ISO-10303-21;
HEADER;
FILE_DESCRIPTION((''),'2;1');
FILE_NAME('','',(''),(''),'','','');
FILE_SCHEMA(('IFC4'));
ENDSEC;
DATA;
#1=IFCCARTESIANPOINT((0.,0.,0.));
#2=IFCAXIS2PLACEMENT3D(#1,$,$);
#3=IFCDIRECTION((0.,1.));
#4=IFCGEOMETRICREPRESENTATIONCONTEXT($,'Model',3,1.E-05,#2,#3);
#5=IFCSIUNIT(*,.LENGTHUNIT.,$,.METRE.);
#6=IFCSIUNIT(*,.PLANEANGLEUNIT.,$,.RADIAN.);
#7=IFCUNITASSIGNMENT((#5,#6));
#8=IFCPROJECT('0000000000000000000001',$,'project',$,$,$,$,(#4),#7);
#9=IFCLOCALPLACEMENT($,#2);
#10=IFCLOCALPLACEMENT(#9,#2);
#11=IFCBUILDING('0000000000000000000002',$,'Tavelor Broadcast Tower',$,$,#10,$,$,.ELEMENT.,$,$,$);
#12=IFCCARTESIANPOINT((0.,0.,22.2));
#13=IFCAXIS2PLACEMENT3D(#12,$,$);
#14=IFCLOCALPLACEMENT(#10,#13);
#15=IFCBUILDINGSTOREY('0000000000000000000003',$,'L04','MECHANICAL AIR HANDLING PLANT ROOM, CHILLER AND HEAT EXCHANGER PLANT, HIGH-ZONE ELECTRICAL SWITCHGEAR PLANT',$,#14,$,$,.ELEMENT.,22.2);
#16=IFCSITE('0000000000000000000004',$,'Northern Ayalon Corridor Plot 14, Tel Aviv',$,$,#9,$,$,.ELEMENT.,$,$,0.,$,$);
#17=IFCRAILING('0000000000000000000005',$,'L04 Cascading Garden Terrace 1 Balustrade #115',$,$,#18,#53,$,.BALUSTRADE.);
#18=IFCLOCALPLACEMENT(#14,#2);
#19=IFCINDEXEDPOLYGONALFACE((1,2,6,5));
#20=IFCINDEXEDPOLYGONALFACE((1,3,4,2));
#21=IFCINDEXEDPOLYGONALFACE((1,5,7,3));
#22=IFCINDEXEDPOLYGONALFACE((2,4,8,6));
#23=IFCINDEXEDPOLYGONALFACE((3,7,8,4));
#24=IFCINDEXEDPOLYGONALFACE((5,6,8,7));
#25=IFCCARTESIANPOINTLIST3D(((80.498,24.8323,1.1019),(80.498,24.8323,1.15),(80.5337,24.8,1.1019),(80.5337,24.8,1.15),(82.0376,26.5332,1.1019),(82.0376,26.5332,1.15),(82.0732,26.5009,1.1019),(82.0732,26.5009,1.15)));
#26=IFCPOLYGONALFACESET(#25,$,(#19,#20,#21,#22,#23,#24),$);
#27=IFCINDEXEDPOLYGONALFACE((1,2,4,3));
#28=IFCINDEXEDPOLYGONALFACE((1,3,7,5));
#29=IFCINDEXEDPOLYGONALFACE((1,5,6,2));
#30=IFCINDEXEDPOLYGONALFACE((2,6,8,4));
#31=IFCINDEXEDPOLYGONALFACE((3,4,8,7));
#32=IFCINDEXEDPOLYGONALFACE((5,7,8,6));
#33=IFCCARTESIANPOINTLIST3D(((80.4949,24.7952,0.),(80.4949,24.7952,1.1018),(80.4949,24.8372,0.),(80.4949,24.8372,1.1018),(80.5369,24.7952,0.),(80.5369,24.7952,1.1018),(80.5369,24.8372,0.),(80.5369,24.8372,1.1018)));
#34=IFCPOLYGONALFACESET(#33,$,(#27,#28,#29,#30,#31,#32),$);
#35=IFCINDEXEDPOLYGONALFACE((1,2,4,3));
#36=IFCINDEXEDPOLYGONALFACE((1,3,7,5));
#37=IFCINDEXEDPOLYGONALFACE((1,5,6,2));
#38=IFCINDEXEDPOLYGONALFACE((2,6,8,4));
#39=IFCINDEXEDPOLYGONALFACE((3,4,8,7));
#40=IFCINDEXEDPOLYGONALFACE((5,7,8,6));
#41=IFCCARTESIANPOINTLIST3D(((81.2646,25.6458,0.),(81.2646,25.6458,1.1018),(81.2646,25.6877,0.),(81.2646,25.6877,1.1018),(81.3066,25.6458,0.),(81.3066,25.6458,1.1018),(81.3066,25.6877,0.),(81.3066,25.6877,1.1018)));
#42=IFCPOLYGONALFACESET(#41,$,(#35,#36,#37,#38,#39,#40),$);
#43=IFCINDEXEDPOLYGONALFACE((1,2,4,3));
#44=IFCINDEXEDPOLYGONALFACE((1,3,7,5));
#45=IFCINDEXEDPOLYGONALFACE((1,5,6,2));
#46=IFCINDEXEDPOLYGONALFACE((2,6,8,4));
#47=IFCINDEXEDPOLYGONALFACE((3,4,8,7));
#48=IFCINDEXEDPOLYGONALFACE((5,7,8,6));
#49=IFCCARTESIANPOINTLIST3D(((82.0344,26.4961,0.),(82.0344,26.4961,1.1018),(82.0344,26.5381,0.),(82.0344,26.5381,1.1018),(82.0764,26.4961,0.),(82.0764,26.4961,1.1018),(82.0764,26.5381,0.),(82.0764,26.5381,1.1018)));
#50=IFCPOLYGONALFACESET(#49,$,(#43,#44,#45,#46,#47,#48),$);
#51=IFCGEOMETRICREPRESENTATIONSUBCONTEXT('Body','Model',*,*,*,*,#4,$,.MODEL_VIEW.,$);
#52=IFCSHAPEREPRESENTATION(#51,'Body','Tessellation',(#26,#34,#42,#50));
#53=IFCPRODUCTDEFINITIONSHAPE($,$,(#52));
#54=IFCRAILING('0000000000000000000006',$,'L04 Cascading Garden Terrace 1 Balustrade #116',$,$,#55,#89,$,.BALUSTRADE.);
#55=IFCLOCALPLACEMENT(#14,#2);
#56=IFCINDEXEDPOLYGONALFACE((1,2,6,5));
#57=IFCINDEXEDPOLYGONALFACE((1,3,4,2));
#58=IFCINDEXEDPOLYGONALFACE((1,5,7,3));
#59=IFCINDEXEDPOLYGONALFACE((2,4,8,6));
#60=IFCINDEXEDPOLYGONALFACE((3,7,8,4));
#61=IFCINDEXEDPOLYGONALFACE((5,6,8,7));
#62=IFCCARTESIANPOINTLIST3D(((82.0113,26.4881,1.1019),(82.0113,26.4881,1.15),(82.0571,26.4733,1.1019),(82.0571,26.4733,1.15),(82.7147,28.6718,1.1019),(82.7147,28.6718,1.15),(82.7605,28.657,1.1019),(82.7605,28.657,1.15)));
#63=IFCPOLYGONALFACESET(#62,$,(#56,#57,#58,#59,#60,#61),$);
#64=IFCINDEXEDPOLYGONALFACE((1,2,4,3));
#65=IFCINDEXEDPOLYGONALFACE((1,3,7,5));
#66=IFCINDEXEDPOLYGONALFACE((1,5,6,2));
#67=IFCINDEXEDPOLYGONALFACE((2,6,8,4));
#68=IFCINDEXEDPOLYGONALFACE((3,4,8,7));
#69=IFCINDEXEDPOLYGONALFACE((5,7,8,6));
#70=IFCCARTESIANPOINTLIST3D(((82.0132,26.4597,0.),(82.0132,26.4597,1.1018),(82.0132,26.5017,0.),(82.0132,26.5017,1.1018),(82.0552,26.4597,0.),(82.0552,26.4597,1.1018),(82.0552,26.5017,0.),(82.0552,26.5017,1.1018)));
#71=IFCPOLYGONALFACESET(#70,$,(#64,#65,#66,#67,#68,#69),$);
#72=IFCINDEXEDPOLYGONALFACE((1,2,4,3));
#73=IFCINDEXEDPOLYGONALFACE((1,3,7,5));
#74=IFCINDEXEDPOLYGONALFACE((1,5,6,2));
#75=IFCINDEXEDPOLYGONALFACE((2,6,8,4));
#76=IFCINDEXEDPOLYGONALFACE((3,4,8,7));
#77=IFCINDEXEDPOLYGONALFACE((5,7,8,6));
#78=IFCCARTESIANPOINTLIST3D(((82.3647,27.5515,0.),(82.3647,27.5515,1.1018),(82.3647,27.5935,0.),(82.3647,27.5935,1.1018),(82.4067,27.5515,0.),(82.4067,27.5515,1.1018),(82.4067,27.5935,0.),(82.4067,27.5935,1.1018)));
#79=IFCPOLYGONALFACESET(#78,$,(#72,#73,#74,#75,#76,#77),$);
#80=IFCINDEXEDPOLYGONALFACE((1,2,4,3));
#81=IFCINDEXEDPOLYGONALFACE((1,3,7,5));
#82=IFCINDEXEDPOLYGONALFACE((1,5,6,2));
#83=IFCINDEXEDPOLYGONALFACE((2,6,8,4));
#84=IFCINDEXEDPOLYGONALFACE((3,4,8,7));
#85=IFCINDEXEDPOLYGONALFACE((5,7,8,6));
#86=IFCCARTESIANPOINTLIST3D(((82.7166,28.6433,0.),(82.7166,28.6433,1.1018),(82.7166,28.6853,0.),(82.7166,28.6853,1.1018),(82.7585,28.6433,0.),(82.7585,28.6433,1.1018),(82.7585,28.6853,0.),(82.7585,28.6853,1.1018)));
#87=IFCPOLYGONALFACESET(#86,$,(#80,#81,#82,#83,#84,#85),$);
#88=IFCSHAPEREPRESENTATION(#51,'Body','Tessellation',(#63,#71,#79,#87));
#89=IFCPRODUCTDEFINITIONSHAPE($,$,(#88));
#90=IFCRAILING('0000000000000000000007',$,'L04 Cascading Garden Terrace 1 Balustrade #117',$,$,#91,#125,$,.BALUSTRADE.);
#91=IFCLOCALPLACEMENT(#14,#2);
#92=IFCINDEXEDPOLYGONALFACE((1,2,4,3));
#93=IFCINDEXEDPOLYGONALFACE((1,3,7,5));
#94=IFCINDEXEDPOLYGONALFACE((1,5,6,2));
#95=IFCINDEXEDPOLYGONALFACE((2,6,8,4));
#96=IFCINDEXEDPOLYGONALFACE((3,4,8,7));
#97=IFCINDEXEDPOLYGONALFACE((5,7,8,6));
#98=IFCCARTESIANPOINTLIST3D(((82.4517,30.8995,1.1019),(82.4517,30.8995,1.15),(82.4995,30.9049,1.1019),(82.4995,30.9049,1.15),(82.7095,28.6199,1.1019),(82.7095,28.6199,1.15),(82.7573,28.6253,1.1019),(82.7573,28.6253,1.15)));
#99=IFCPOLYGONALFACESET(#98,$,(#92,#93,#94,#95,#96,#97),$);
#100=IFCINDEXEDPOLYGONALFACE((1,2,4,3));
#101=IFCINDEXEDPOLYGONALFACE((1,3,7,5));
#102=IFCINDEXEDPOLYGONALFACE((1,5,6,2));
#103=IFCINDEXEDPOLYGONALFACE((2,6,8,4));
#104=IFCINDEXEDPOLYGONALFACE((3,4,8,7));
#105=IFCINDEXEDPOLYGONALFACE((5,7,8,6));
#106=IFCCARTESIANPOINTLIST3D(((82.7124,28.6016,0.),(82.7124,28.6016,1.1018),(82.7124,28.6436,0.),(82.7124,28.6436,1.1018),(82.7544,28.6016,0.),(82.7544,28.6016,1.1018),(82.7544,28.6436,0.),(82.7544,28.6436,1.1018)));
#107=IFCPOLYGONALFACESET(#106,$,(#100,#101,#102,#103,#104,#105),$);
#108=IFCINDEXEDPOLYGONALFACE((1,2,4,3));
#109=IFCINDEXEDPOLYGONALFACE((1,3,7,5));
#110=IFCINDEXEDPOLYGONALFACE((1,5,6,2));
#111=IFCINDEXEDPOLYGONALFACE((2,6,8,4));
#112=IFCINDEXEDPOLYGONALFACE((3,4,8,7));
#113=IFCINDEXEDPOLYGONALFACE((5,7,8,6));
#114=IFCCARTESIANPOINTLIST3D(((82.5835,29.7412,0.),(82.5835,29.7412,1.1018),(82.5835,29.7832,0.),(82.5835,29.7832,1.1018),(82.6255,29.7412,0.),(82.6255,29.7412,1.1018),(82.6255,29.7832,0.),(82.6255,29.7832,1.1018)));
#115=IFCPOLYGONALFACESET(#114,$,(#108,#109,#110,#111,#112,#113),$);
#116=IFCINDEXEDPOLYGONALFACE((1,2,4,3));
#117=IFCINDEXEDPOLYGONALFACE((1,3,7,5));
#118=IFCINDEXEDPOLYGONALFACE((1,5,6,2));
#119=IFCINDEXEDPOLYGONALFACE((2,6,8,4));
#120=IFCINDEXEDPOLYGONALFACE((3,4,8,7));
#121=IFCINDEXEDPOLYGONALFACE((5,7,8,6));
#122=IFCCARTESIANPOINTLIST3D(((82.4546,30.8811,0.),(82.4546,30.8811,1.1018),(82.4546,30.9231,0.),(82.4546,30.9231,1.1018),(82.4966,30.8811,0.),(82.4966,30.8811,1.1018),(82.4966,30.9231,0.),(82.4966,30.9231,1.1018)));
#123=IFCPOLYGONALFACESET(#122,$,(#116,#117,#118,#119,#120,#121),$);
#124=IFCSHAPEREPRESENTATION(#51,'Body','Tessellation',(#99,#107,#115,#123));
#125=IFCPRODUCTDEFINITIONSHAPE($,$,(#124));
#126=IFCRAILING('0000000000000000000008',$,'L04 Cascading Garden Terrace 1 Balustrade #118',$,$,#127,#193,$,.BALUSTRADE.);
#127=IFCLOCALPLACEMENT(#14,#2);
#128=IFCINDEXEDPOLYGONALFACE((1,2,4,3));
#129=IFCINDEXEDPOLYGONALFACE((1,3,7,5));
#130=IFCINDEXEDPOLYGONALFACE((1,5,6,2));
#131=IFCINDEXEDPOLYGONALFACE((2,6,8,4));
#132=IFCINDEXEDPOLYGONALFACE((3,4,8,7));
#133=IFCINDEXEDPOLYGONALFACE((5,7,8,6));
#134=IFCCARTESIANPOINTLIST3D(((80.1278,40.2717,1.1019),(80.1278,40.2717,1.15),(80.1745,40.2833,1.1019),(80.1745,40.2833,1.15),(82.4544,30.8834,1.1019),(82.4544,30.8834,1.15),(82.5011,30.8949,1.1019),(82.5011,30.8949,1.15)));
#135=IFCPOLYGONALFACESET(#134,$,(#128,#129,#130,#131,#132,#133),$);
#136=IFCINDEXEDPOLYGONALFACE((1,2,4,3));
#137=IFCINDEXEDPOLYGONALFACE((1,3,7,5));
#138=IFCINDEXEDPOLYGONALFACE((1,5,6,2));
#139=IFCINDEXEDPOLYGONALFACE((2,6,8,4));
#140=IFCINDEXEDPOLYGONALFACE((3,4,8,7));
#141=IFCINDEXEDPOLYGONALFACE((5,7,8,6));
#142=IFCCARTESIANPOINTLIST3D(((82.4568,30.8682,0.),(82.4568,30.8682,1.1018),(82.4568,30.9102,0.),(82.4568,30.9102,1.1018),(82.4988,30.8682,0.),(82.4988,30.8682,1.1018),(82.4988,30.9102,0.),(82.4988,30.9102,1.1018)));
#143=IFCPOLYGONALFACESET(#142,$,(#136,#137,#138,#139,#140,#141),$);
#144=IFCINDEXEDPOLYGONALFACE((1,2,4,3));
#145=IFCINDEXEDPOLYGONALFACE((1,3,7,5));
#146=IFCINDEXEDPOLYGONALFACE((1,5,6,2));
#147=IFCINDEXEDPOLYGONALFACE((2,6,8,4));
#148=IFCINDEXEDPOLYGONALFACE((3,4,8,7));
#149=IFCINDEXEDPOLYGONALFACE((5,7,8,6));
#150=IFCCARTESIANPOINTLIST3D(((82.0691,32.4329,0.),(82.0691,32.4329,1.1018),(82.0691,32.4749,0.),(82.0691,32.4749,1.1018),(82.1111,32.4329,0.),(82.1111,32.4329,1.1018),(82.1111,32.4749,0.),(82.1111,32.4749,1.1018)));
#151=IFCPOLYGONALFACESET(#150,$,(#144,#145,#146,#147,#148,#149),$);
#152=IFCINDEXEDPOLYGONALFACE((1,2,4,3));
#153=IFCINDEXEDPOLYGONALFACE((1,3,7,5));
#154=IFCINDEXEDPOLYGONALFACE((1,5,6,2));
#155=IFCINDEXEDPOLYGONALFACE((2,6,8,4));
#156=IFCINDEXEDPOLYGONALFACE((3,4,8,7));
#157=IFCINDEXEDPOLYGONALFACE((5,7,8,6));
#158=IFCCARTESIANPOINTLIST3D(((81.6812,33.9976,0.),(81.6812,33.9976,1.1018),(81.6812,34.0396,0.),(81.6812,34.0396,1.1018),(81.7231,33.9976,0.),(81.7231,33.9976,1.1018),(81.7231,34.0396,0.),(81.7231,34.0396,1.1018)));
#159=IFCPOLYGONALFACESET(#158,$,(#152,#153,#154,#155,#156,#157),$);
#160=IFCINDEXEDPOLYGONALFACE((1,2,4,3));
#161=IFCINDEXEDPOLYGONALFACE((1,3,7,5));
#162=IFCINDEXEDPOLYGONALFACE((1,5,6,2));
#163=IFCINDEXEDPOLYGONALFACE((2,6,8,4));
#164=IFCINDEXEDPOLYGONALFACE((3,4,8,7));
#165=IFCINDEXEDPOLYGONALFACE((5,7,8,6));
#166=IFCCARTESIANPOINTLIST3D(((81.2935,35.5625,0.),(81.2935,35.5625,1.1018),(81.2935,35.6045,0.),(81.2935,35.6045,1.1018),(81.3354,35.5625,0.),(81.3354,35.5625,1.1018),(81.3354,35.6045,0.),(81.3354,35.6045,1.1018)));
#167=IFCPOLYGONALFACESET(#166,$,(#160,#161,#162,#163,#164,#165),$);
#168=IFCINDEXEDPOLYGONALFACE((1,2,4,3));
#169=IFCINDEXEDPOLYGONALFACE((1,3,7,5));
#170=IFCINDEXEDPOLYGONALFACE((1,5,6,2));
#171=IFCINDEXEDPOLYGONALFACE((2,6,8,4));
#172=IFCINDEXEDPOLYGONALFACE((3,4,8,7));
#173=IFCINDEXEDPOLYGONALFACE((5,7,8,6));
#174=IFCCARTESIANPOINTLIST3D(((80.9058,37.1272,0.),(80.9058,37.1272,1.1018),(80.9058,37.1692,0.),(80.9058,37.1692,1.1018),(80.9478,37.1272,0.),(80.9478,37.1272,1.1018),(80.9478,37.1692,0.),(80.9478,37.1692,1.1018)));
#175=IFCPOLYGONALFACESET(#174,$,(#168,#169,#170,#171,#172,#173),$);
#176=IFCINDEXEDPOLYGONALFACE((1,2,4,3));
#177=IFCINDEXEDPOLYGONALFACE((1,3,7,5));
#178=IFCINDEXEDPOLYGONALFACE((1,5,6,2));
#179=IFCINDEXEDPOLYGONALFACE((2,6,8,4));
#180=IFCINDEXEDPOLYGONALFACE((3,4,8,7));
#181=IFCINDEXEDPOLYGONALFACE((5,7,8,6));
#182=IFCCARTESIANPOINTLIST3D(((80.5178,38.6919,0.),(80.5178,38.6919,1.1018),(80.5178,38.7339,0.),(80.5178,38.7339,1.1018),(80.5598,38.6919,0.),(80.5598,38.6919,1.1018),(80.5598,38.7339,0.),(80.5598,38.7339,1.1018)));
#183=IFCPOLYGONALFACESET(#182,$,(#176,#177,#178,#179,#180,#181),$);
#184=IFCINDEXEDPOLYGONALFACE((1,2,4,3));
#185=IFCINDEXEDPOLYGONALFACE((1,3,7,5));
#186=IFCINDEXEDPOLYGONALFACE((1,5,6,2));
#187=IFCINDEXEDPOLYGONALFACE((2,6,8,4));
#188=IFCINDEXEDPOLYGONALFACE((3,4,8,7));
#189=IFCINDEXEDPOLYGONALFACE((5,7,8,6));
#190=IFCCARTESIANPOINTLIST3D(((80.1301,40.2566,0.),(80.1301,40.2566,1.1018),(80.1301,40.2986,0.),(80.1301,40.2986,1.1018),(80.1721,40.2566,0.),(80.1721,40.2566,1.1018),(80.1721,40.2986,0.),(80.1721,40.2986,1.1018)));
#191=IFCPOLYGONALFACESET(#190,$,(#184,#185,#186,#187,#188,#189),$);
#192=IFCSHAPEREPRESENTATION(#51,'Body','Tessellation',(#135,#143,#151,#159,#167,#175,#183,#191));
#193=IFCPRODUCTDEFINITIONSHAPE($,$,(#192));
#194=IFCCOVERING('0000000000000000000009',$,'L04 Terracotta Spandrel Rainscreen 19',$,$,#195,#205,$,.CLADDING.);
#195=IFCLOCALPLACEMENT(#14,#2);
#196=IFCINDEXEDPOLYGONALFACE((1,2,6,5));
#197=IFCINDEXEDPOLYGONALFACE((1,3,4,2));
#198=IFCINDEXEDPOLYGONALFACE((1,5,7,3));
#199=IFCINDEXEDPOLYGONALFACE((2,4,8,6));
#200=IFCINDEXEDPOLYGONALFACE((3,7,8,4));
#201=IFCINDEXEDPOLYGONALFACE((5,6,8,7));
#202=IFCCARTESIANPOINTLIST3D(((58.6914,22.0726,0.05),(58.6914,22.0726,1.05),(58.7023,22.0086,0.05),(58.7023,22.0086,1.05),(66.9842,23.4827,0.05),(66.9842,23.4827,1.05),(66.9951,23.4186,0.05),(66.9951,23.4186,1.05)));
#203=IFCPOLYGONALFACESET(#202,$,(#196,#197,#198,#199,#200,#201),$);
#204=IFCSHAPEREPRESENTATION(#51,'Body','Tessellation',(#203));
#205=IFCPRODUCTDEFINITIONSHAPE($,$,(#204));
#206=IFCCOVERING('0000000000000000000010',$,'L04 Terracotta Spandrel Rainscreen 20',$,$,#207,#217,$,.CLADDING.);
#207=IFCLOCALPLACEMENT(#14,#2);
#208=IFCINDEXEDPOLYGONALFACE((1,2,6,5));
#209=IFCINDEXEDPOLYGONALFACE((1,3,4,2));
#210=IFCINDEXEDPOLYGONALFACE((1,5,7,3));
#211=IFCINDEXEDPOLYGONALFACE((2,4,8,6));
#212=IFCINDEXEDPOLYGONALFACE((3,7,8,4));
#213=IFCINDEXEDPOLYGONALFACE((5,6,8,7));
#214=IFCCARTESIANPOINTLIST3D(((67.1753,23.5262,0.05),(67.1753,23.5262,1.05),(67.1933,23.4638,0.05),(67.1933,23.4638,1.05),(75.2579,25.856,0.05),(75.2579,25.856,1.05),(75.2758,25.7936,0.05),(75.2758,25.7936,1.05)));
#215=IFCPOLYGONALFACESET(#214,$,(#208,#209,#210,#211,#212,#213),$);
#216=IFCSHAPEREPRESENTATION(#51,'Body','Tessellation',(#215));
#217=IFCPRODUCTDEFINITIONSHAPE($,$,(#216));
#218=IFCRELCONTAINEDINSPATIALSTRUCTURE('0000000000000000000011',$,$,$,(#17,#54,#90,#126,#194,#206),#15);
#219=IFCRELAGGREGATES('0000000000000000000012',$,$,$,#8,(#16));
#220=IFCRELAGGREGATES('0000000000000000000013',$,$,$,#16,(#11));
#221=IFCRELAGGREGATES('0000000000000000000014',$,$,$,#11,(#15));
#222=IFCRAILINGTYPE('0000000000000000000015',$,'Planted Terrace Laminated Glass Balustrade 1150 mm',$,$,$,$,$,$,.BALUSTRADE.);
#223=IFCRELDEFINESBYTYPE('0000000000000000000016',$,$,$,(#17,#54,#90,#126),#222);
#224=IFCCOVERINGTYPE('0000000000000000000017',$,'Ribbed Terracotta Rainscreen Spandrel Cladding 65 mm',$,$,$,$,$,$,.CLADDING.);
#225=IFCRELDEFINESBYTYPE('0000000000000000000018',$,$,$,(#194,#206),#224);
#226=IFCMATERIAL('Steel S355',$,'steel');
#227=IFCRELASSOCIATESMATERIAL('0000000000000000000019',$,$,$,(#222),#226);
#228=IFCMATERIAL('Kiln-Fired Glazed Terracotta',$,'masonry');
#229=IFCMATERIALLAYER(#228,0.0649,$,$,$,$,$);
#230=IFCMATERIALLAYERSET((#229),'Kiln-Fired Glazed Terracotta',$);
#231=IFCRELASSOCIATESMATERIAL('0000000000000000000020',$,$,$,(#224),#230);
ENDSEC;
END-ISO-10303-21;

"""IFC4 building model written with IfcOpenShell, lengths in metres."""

from ifc_helpers import new_model, si_unit, direction, frame, origin, origin_2d, place, context, subcontext, project, spatial, rectangle, extrude, material, layer, layer_set, type_object, element, save


model = new_model("IFC4")

# Units and contexts
model_context = context("Model", 3, precision=1e-05, world=origin(), true_north=direction((0.0, 1.0)))
body_context = subcontext(model_context, "Body", "Model", "MODEL_VIEW")
ifc_project = project(units=[si_unit("LENGTHUNIT", "METRE"), si_unit("PLANEANGLEUNIT", "RADIAN")], contexts=[model_context])

# Site, building, storey
site_placement = place(None, origin())
site = spatial("IfcSite", under=ifc_project, at=site_placement, Name="Northern Ayalon Corridor Plot 14, Tel Aviv", CompositionType="ELEMENT", RefElevation=0.0)
building_placement = place(site_placement, origin())
building = spatial("IfcBuilding", under=site, at=building_placement, Name="Tavelor Broadcast Tower", CompositionType="ELEMENT")
storey_placement = place(building_placement, frame((0.0, 0.0, 22.2)))
storey = spatial("IfcBuildingStorey", under=building, at=storey_placement, Name="L04", Description="MECHANICAL AIR HANDLING PLANT ROOM, CHILLER AND HEAT EXCHANGER PLANT, HIGH-ZONE ELECTRICAL SWITCHGEAR PLANT", CompositionType="ELEMENT", Elevation=22.2)

# Railings
ifc_material_1 = material(Name="Steel S355", Category="steel")
railing_type = type_object("IfcRailingType", Name="Planted Terrace Laminated Glass Balustrade 1150 mm", PredefinedType="BALUSTRADE", material=ifc_material_1)
railing_1_placement = place(storey_placement, frame((80.5159, 24.8162, 0.0)))
element("IfcRailing", 1, at=railing_1_placement, inside=storey, type_object=railing_type, Name="L04 Cascading Garden Terrace 1 Balustrade #115", PredefinedType="BALUSTRADE", context=body_context, shape_type="SweptSolid", body=[
    extrude(rectangle(XDim=0.0481, YDim=0.0481, at=origin_2d()), frame((0.0, 0.0, 1.126), z_axis=(0.671061, 0.741402, 0.0), x_axis=(-0.741402, 0.671061, 0.0)), (0.0, 0.0, 1.0), 2.2942),
    extrude(rectangle(XDim=0.042, YDim=0.042, at=origin_2d()), origin(), (0.0, 0.0, 1.0), 1.1018),
    extrude(rectangle(XDim=0.042, YDim=0.042, at=origin_2d()), frame((0.7698, 0.8506, 0.0)), (0.0, 0.0, 1.0), 1.1018),
    extrude(rectangle(XDim=0.042, YDim=0.042, at=origin_2d()), frame((1.5396, 1.7009, 0.0)), (0.0, 0.0, 1.0), 1.1018),
])
railing_2_placement = place(storey_placement, frame((82.0342, 26.4807, 0.0)))
element("IfcRailing", 2, at=railing_2_placement, inside=storey, type_object=railing_type, Name="L04 Cascading Garden Terrace 1 Balustrade #116", PredefinedType="BALUSTRADE", context=body_context, shape_type="SweptSolid", body=[
    extrude(rectangle(XDim=0.0481, YDim=0.0481, at=origin_2d()), frame((0.0, 0.0, 1.126), z_axis=(0.306602, 0.951838, 0.0), x_axis=(-0.951838, 0.306602, 0.0)), (0.0, 0.0, 1.0), 2.2942),
    extrude(rectangle(XDim=0.042, YDim=0.042, at=origin_2d()), origin(), (0.0, 0.0, 1.0), 1.1018),
    extrude(rectangle(XDim=0.042, YDim=0.042, at=origin_2d()), frame((0.3516, 1.0918, 0.0)), (0.0, 0.0, 1.0), 1.1018),
    extrude(rectangle(XDim=0.042, YDim=0.042, at=origin_2d()), frame((0.7034, 2.1836, 0.0)), (0.0, 0.0, 1.0), 1.1018),
])
railing_3_placement = place(storey_placement, frame((82.7334, 28.6226, 0.0)))
element("IfcRailing", 3, at=railing_3_placement, inside=storey, type_object=railing_type, Name="L04 Cascading Garden Terrace 1 Balustrade #117", PredefinedType="BALUSTRADE", context=body_context, shape_type="SweptSolid", body=[
    extrude(rectangle(XDim=0.0481, YDim=0.0481, at=origin_2d()), frame((0.0, 0.0, 1.126), z_axis=(-0.112382, 0.993665, 0.0), x_axis=(-0.993665, -0.112382, 0.0)), (0.0, 0.0, 1.0), 2.2942),
    extrude(rectangle(XDim=0.042, YDim=0.042, at=origin_2d()), origin(), (0.0, 0.0, 1.0), 1.1018),
    extrude(rectangle(XDim=0.042, YDim=0.042, at=origin_2d()), frame((-0.1289, 1.1396, 0.0)), (0.0, 0.0, 1.0), 1.1018),
    extrude(rectangle(XDim=0.042, YDim=0.042, at=origin_2d()), frame((-0.2578, 2.2795, 0.0)), (0.0, 0.0, 1.0), 1.1018),
])
railing_4_placement = place(storey_placement, frame((82.4778, 30.8892, 0.0)))
element("IfcRailing", 4, at=railing_4_placement, inside=storey, type_object=railing_type, Name="L04 Cascading Garden Terrace 1 Balustrade #118", PredefinedType="BALUSTRADE", context=body_context, shape_type="SweptSolid", body=[
    extrude(rectangle(XDim=0.0481, YDim=0.0481, at=origin_2d()), frame((0.0, 0.0, 1.126), z_axis=(-0.240546, 0.970638, 0.0), x_axis=(-0.970638, -0.240546, 0.0)), (0.0, 0.0, 1.0), 9.6724),
    extrude(rectangle(XDim=0.042, YDim=0.042, at=origin_2d()), origin(), (0.0, 0.0, 1.0), 1.1018),
    extrude(rectangle(XDim=0.042, YDim=0.042, at=origin_2d()), frame((-0.3877, 1.5647, 0.0)), (0.0, 0.0, 1.0), 1.1018),
    extrude(rectangle(XDim=0.042, YDim=0.042, at=origin_2d()), frame((-0.7756, 3.1294, 0.0)), (0.0, 0.0, 1.0), 1.1018),
    extrude(rectangle(XDim=0.042, YDim=0.042, at=origin_2d()), frame((-1.1633, 4.6943, 0.0)), (0.0, 0.0, 1.0), 1.1018),
    extrude(rectangle(XDim=0.042, YDim=0.042, at=origin_2d()), frame((-1.551, 6.259, 0.0)), (0.0, 0.0, 1.0), 1.1018),
    extrude(rectangle(XDim=0.042, YDim=0.042, at=origin_2d()), frame((-1.939, 7.8237, 0.0)), (0.0, 0.0, 1.0), 1.1018),
    extrude(rectangle(XDim=0.042, YDim=0.042, at=origin_2d()), frame((-2.3267, 9.3884, 0.0)), (0.0, 0.0, 1.0), 1.1018),
])

# Coverings
ifc_material_2 = material(Name="Kiln-Fired Glazed Terracotta", Category="masonry")
ifc_layer_1 = layer(ifc_material_2, 0.0649)
ifc_layer_set_1 = layer_set([ifc_layer_1], Name="Kiln-Fired Glazed Terracotta")
covering_type = type_object("IfcCoveringType", Name="Ribbed Terracotta Rainscreen Spandrel Cladding 65 mm", PredefinedType="CLADDING", material=ifc_layer_set_1)
covering_1_placement = place(storey_placement, frame((62.8433, 22.7456, 0.05), z_axis=(0.0, 0.0, 1.0), x_axis=(0.98585, 0.167629, 0.0)))
element("IfcCovering", 5, at=covering_1_placement, inside=storey, type_object=covering_type, Name="L04 Terracotta Spandrel Rainscreen 19", PredefinedType="CLADDING", context=body_context, shape_type="SweptSolid", body=[
    extrude(rectangle(XDim=8.4119, YDim=0.0649, at=origin_2d()), origin(), (0.0, 0.0, 1.0), 1.0),
])
covering_2_placement = place(storey_placement, frame((71.2256, 24.6599, 0.05), z_axis=(0.0, 0.0, 1.0), x_axis=(0.960876, 0.276979, 0.0)))
element("IfcCovering", 6, at=covering_2_placement, inside=storey, type_object=covering_type, Name="L04 Terracotta Spandrel Rainscreen 20", PredefinedType="CLADDING", context=body_context, shape_type="SweptSolid", body=[
    extrude(rectangle(XDim=8.4116, YDim=0.0649, at=origin_2d()), origin(), (0.0, 0.0, 1.0), 1.0),
])

save(model, "model.ifc")
